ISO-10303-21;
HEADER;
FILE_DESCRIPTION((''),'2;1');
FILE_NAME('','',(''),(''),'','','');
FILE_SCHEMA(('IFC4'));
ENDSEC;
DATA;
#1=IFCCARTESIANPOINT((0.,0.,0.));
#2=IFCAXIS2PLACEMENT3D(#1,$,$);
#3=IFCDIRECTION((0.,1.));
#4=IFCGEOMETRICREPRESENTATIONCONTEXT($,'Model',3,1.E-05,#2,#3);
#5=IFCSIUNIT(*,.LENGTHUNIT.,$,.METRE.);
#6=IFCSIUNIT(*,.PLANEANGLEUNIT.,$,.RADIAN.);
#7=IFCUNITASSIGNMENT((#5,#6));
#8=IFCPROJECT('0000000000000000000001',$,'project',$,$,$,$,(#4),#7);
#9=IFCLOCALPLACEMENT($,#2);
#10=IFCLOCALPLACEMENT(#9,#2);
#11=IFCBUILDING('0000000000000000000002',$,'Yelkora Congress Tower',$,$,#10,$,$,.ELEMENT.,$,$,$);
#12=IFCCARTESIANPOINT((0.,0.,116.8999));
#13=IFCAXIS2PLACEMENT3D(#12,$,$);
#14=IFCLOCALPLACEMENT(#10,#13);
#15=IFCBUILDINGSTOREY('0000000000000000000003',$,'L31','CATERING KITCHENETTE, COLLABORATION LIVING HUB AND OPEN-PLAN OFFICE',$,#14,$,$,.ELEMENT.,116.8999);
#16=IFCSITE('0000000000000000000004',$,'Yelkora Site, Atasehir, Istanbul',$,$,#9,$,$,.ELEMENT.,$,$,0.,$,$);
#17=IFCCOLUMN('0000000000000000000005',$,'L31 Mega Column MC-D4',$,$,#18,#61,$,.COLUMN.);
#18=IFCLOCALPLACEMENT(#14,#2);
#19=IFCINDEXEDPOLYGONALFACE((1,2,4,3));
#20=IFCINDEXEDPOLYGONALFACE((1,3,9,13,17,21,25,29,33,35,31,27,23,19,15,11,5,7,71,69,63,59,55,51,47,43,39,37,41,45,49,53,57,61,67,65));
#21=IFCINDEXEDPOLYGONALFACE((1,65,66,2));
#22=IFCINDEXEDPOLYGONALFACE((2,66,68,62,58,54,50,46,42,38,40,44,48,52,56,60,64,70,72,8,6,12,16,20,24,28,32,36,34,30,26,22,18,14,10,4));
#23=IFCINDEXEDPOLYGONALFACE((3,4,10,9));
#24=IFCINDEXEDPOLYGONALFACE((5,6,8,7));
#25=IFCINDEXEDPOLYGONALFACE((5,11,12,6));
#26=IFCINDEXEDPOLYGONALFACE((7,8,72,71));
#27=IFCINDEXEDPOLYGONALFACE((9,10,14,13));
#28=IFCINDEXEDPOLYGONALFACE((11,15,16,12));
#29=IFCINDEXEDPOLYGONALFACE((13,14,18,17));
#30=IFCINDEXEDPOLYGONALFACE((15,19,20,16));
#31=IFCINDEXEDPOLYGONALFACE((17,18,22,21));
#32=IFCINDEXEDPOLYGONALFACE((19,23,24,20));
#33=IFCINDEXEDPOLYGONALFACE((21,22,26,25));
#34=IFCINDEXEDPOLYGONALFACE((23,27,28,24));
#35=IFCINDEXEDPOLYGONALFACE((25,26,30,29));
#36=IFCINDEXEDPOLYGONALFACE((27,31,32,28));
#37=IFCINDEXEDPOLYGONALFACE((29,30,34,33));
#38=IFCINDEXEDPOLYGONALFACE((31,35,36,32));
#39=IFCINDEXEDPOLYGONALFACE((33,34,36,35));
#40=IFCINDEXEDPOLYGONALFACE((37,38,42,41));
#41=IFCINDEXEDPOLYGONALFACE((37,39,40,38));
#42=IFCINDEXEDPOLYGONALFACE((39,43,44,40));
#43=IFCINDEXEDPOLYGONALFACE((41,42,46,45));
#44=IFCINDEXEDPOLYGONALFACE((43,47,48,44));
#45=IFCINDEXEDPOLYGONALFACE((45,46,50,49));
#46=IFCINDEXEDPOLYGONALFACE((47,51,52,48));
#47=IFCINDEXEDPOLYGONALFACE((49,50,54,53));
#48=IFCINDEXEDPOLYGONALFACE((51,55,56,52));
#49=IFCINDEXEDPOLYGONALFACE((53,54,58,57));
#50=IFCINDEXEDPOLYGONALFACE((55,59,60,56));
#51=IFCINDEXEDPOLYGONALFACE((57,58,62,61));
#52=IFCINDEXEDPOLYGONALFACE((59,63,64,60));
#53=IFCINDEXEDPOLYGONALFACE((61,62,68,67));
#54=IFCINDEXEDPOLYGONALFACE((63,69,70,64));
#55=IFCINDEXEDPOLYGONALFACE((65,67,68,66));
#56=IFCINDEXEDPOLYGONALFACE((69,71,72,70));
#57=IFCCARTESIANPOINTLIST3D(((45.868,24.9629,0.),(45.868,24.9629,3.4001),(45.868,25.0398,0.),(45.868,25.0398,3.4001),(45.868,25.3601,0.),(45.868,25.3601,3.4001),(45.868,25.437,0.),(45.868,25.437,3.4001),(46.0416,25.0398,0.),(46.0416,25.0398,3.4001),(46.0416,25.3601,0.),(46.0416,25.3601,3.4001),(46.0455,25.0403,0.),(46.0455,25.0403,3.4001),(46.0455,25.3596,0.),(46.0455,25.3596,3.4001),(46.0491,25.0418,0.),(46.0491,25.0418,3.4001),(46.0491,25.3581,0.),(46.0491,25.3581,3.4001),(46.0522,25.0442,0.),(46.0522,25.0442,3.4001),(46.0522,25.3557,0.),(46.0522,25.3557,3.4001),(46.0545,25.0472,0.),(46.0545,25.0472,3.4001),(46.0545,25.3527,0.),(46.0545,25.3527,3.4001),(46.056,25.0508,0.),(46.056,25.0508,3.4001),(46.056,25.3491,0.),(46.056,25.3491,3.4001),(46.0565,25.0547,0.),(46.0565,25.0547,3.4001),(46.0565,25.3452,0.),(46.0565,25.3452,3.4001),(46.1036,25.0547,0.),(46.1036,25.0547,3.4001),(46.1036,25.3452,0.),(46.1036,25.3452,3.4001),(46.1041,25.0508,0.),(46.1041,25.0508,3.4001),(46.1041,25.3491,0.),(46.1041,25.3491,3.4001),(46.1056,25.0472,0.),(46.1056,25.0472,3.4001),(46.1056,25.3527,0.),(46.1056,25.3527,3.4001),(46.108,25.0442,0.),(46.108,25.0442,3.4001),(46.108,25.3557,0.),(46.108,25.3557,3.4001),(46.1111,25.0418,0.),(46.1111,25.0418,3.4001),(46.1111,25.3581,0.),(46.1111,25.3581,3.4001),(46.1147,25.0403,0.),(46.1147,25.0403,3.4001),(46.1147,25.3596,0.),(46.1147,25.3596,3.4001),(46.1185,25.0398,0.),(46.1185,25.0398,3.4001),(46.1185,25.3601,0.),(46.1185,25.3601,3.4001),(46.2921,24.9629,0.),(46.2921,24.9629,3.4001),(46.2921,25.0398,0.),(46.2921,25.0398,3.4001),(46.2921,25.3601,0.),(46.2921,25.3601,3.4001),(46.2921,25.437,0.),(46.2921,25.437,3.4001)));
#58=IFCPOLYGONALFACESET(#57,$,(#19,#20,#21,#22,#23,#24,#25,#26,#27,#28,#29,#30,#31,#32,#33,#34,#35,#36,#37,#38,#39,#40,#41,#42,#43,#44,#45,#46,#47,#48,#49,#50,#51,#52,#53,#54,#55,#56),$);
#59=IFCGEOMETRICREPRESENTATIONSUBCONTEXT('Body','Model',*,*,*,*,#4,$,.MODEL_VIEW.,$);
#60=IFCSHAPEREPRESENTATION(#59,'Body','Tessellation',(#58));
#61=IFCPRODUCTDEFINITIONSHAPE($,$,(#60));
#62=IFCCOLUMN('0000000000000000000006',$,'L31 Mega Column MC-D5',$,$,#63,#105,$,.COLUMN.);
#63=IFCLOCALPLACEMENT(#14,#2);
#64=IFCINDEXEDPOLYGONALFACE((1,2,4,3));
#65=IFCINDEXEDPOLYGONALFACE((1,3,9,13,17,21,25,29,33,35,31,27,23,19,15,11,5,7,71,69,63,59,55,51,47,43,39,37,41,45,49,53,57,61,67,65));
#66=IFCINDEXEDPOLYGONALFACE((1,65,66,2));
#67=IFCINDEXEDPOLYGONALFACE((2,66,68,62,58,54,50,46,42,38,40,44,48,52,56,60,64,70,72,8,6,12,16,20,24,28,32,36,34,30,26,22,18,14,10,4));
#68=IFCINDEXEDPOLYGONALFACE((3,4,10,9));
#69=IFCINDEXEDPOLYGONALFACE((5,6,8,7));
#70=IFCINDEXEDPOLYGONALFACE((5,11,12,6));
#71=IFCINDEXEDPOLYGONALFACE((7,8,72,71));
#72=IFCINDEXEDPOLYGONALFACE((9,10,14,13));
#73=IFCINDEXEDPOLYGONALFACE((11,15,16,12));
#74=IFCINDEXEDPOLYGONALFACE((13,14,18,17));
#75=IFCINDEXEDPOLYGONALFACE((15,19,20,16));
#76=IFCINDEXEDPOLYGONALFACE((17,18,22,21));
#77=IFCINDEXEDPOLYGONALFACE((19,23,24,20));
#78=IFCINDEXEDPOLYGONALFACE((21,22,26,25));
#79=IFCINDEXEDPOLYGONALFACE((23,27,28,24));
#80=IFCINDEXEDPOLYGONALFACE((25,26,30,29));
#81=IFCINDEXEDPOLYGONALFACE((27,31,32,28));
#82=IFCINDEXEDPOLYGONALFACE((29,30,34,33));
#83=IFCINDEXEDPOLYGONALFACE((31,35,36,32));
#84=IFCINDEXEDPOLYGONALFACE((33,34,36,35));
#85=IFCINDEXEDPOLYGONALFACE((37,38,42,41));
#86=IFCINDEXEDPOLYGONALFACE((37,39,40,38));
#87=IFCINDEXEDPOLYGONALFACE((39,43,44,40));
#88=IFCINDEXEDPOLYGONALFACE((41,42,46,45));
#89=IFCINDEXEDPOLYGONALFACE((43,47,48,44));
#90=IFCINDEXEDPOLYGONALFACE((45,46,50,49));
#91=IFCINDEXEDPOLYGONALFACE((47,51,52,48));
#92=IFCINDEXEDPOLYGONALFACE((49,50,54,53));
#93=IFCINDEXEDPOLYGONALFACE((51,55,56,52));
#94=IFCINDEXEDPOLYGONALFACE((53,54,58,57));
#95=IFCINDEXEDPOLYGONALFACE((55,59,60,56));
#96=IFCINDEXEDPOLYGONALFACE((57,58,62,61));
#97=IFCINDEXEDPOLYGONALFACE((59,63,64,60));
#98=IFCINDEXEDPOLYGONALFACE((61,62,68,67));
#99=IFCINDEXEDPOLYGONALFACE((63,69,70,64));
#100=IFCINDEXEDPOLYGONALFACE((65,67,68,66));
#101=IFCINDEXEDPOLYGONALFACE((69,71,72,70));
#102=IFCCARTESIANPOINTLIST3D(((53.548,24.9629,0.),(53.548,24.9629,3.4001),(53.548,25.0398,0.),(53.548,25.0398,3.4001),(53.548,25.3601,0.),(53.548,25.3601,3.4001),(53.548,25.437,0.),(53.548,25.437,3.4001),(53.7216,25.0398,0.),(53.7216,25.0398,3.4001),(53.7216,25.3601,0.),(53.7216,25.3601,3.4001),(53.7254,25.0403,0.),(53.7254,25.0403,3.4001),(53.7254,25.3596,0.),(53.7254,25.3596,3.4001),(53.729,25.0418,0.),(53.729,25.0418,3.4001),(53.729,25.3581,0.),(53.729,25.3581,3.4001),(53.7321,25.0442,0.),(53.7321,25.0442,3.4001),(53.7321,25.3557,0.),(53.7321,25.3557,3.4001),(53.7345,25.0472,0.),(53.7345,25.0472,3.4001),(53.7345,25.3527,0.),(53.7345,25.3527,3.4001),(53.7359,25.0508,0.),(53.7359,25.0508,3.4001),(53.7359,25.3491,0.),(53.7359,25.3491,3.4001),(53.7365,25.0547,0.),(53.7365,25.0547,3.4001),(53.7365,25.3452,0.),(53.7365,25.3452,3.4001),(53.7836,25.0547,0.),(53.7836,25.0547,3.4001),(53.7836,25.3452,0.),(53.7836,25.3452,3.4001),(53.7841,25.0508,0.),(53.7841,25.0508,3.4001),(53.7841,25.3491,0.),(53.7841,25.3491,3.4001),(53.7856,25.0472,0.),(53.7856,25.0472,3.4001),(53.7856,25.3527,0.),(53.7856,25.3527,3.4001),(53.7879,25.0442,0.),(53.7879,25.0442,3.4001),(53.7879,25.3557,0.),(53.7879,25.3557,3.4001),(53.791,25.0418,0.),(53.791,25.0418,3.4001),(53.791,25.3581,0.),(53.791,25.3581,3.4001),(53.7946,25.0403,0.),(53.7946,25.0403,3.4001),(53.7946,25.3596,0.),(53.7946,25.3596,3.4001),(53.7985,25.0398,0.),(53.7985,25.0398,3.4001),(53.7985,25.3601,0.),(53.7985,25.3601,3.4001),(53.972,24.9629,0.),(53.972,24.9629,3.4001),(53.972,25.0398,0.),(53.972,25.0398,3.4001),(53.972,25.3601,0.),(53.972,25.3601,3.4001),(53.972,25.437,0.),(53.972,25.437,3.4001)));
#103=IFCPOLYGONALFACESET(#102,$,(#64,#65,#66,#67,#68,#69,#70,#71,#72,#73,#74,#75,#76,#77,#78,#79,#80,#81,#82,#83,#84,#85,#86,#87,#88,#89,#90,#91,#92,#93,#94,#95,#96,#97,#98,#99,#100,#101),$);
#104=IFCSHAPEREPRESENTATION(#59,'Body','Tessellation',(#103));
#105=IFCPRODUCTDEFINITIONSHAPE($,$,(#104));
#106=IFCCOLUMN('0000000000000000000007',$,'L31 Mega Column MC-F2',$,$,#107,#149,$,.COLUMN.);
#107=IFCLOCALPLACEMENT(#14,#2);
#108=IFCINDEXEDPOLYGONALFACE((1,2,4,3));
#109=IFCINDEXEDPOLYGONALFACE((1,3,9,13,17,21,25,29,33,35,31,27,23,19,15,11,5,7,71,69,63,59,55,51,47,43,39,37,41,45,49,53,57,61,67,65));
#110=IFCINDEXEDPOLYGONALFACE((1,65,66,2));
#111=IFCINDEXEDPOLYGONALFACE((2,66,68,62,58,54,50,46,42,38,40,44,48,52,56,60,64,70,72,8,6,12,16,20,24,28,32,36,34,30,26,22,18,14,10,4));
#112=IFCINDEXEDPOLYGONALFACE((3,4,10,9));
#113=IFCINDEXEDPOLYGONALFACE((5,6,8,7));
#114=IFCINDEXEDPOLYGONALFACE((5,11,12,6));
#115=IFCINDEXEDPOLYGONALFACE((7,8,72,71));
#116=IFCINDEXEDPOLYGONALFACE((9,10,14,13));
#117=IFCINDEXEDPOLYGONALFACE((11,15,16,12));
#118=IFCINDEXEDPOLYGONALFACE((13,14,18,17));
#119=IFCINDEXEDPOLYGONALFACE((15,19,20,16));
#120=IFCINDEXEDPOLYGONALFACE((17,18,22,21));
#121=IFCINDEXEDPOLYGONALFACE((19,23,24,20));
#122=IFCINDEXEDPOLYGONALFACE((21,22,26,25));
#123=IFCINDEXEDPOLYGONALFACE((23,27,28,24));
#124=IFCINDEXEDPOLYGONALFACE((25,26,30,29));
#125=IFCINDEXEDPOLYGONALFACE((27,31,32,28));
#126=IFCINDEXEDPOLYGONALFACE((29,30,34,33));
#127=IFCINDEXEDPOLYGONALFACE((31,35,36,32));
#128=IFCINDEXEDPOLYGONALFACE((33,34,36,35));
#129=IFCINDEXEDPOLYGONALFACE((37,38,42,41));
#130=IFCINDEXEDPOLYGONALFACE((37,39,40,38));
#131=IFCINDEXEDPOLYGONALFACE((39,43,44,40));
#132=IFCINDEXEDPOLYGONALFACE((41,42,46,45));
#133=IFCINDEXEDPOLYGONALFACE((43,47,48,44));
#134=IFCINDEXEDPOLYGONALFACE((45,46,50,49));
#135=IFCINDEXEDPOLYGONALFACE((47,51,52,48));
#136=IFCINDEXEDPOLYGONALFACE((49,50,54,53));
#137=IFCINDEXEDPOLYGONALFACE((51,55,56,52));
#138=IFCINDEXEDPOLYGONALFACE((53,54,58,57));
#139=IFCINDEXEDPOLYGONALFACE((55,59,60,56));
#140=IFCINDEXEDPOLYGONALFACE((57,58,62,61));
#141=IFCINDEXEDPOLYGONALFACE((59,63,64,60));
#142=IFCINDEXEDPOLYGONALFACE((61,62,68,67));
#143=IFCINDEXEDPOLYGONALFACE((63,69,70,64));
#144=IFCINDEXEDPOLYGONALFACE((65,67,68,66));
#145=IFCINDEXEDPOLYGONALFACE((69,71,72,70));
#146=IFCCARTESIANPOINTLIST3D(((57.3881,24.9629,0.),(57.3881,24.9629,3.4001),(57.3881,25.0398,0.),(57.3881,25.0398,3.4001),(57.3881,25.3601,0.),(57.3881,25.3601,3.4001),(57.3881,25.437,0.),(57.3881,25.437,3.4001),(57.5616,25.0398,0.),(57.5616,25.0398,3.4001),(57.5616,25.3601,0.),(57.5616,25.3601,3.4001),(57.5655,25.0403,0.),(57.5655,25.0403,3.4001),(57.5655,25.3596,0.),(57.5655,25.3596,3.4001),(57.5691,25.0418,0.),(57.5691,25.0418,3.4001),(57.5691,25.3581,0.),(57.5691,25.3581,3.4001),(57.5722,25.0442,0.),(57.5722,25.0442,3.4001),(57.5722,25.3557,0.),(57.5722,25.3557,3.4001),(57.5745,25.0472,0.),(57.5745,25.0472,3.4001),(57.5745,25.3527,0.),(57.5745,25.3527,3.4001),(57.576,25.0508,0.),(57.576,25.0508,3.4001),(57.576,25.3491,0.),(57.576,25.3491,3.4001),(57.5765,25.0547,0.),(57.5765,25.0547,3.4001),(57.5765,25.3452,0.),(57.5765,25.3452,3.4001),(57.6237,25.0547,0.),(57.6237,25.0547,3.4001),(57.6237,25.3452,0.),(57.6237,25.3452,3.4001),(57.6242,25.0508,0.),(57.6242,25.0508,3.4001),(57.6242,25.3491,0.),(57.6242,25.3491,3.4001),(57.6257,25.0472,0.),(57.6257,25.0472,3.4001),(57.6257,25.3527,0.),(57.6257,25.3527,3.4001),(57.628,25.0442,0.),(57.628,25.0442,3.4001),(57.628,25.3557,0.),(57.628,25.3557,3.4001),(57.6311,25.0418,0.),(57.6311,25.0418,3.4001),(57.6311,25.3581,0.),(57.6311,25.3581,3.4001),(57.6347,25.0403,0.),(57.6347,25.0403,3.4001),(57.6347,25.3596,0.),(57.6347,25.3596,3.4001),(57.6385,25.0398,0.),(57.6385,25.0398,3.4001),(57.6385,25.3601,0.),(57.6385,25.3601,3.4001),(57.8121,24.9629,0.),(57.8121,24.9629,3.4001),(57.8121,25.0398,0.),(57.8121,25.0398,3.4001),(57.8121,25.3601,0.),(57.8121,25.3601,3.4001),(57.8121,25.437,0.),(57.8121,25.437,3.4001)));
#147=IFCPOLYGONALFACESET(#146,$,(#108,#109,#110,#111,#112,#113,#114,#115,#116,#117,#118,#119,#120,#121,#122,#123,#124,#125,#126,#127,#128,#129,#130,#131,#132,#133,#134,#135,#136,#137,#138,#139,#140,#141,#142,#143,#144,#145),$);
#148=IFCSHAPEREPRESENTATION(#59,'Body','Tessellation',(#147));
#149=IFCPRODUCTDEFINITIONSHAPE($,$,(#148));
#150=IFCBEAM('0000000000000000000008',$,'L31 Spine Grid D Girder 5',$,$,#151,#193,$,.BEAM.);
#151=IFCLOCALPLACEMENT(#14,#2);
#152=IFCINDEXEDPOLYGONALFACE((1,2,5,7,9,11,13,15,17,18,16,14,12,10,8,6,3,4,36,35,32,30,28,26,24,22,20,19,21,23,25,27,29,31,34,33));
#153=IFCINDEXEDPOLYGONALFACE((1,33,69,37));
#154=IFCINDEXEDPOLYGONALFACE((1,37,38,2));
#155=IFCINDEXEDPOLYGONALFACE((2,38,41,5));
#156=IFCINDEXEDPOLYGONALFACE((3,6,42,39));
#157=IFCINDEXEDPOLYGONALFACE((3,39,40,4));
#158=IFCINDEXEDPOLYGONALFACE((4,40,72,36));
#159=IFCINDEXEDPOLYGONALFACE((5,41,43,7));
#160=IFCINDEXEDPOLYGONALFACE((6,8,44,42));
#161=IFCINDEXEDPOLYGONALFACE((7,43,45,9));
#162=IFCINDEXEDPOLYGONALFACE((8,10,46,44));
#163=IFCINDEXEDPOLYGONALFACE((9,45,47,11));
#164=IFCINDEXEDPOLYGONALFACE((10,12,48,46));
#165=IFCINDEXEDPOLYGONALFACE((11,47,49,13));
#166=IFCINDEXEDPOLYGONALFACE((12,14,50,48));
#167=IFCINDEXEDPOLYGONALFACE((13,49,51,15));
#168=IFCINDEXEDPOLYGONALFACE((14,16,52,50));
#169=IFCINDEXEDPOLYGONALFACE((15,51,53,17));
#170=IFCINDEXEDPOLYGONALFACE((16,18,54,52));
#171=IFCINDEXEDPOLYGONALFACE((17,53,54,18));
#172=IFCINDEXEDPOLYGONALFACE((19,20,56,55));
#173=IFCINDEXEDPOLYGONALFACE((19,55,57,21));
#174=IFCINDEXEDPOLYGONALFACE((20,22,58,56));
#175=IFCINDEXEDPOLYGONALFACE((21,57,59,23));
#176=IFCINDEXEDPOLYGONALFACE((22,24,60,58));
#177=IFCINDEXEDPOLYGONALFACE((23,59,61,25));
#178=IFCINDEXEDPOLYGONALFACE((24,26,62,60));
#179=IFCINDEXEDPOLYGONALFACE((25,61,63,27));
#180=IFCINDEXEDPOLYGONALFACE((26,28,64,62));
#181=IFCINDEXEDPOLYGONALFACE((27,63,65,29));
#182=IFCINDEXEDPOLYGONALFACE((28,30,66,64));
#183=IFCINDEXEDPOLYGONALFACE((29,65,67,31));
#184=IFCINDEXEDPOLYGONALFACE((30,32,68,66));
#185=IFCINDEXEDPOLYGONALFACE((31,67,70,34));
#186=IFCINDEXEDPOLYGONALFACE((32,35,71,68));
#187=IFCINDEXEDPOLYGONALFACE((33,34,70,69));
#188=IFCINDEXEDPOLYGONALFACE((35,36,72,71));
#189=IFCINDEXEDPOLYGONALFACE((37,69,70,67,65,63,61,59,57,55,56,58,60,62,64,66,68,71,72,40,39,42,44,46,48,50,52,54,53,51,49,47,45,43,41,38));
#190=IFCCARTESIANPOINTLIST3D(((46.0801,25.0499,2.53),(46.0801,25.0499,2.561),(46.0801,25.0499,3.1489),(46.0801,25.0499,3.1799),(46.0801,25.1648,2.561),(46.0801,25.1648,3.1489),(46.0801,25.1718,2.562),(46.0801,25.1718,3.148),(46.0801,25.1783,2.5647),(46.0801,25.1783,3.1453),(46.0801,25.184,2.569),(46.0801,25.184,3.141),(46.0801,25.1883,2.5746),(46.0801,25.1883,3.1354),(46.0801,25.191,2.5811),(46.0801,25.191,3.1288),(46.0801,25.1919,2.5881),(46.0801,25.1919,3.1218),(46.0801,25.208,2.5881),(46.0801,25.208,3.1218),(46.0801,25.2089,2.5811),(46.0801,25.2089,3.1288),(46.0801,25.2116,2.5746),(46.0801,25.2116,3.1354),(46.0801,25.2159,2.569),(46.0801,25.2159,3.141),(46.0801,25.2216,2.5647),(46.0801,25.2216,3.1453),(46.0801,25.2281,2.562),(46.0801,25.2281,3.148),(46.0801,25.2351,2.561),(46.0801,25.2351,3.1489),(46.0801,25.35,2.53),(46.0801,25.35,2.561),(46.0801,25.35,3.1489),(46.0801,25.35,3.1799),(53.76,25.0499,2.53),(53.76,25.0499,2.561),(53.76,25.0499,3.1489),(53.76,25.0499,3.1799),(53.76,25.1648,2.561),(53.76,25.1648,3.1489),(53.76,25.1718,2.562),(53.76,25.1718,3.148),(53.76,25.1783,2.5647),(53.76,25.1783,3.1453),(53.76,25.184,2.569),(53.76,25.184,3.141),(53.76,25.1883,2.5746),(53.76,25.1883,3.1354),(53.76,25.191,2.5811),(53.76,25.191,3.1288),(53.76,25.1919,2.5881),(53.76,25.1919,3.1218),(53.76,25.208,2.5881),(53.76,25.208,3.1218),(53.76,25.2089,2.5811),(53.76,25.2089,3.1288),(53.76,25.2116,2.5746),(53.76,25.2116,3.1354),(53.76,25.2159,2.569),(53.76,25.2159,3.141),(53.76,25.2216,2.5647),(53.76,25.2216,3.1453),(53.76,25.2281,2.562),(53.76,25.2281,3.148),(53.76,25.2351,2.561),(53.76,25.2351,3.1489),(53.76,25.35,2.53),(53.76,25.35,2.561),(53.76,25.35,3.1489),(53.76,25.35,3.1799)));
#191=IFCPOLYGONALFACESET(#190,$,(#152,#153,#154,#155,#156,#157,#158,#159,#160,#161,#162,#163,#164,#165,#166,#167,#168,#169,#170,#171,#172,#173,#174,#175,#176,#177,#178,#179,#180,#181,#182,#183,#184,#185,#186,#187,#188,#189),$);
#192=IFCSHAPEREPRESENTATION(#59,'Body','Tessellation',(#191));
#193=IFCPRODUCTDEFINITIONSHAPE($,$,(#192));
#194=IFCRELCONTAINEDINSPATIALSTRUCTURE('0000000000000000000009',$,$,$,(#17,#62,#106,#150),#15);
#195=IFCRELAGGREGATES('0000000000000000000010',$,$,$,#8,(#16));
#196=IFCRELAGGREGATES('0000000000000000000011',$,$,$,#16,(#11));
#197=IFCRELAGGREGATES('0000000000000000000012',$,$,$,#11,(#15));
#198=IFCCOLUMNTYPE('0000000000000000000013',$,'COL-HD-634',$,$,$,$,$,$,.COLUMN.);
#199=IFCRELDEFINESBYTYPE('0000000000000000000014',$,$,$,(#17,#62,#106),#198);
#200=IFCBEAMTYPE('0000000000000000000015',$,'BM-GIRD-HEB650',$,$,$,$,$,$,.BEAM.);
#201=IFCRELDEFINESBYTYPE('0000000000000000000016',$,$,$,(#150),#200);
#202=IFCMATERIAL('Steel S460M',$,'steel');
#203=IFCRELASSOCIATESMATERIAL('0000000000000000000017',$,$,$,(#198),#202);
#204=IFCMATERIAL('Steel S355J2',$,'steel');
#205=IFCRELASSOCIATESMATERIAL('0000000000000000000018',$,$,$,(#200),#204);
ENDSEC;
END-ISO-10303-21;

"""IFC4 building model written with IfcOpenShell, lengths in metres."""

from ifc_helpers import new_model, si_unit, direction, frame, origin, origin_2d, place, context, subcontext, project, spatial, i_section, extrude, material, material_profile, profile_set, type_object, element, save


model = new_model("IFC4")

# Units and contexts
model_context = context("Model", 3, precision=1e-05, world=origin(), true_north=direction((0.0, 1.0)))
body_context = subcontext(model_context, "Body", "Model", "MODEL_VIEW")
ifc_project = project(units=[si_unit("LENGTHUNIT", "METRE"), si_unit("PLANEANGLEUNIT", "RADIAN")], contexts=[model_context])

# Site, building, storey
site_placement = place(None, origin())
site = spatial("IfcSite", under=ifc_project, at=site_placement, Name="Yelkora Site, Atasehir, Istanbul", CompositionType="ELEMENT", RefElevation=0.0)
building_placement = place(site_placement, origin())
building = spatial("IfcBuilding", under=site, at=building_placement, Name="Yelkora Congress Tower", CompositionType="ELEMENT")
storey_placement = place(building_placement, frame((0.0, 0.0, 116.8999)))
storey = spatial("IfcBuildingStorey", under=building, at=storey_placement, Name="L31", Description="CATERING KITCHENETTE, COLLABORATION LIVING HUB AND OPEN-PLAN OFFICE", CompositionType="ELEMENT", Elevation=116.8999)

# Columns
ifc_material_1 = material(Name="Steel S460M", Category="steel")
ifc_material_profile_1 = material_profile(ifc_material_1, i_section(OverallWidth=0.4241, OverallDepth=0.4741, WebThickness=0.0471, FlangeThickness=0.0769, FilletRadius=0.0149, at=origin_2d()), Name="HD 400x634")
ifc_profile_set_1 = profile_set([ifc_material_profile_1], Name="Steel S460M")
column_type = type_object("IfcColumnType", Name="COL-HD-634", PredefinedType="COLUMN", material=ifc_profile_set_1)
for number, where, z_axis, x_axis, name in (
    (1, (46.0801, 25.2, 0.0), (0.0, 0.0, 1.0), (1.0, 0.0, 0.0), "L31 Mega Column MC-D4"),
    (2, (53.76, 25.2, 0.0), (0.0, 0.0, 1.0), (1.0, 0.0, 0.0), "L31 Mega Column MC-D5"),
    (3, (57.6001, 25.2, 0.0), (0.0, 0.0, 1.0), (1.0, 0.0, 0.0), "L31 Mega Column MC-F2"),
):
    element("IfcColumn", number, at=place(storey_placement, frame(where, z_axis=z_axis, x_axis=x_axis)), inside=storey, type_object=column_type, Name=name, PredefinedType="COLUMN", context=body_context, shape_type="SweptSolid", body=[
        extrude(i_section(OverallWidth=0.4241, OverallDepth=0.4741, WebThickness=0.0471, FlangeThickness=0.0769, FilletRadius=0.0149, at=origin_2d()), origin(), (0.0, 0.0, 1.0), 3.4001),
    ])

# Beam
ifc_material_2 = material(Name="Steel S355J2", Category="steel")
ifc_material_profile_2 = material_profile(ifc_material_2, i_section(OverallWidth=0.3, OverallDepth=0.6499, WebThickness=0.0161, FlangeThickness=0.031, FilletRadius=0.0271, at=origin_2d()), Name="HEB 650")
ifc_profile_set_2 = profile_set([ifc_material_profile_2], Name="Steel S355J2")
beam_type_1 = type_object("IfcBeamType", Name="BM-GIRD-HEB650", PredefinedType="BEAM", material=ifc_profile_set_2)
beam_1_placement = place(storey_placement, frame((46.0801, 25.2, 2.855), z_axis=(1.0, 0.0, 0.0), x_axis=(0.0, 1.0, 0.0)))
element("IfcBeam", 4, at=beam_1_placement, inside=storey, type_object=beam_type_1, Name="L31 Spine Grid D Girder 5", PredefinedType="BEAM", context=body_context, shape_type="SweptSolid", body=[
    extrude(i_section(OverallWidth=0.3, OverallDepth=0.6499, WebThickness=0.0161, FlangeThickness=0.031, FilletRadius=0.0271, at=origin_2d()), origin(), (0.0, 0.0, 1.0), 7.6799),
])

save(model, "model.ifc")
